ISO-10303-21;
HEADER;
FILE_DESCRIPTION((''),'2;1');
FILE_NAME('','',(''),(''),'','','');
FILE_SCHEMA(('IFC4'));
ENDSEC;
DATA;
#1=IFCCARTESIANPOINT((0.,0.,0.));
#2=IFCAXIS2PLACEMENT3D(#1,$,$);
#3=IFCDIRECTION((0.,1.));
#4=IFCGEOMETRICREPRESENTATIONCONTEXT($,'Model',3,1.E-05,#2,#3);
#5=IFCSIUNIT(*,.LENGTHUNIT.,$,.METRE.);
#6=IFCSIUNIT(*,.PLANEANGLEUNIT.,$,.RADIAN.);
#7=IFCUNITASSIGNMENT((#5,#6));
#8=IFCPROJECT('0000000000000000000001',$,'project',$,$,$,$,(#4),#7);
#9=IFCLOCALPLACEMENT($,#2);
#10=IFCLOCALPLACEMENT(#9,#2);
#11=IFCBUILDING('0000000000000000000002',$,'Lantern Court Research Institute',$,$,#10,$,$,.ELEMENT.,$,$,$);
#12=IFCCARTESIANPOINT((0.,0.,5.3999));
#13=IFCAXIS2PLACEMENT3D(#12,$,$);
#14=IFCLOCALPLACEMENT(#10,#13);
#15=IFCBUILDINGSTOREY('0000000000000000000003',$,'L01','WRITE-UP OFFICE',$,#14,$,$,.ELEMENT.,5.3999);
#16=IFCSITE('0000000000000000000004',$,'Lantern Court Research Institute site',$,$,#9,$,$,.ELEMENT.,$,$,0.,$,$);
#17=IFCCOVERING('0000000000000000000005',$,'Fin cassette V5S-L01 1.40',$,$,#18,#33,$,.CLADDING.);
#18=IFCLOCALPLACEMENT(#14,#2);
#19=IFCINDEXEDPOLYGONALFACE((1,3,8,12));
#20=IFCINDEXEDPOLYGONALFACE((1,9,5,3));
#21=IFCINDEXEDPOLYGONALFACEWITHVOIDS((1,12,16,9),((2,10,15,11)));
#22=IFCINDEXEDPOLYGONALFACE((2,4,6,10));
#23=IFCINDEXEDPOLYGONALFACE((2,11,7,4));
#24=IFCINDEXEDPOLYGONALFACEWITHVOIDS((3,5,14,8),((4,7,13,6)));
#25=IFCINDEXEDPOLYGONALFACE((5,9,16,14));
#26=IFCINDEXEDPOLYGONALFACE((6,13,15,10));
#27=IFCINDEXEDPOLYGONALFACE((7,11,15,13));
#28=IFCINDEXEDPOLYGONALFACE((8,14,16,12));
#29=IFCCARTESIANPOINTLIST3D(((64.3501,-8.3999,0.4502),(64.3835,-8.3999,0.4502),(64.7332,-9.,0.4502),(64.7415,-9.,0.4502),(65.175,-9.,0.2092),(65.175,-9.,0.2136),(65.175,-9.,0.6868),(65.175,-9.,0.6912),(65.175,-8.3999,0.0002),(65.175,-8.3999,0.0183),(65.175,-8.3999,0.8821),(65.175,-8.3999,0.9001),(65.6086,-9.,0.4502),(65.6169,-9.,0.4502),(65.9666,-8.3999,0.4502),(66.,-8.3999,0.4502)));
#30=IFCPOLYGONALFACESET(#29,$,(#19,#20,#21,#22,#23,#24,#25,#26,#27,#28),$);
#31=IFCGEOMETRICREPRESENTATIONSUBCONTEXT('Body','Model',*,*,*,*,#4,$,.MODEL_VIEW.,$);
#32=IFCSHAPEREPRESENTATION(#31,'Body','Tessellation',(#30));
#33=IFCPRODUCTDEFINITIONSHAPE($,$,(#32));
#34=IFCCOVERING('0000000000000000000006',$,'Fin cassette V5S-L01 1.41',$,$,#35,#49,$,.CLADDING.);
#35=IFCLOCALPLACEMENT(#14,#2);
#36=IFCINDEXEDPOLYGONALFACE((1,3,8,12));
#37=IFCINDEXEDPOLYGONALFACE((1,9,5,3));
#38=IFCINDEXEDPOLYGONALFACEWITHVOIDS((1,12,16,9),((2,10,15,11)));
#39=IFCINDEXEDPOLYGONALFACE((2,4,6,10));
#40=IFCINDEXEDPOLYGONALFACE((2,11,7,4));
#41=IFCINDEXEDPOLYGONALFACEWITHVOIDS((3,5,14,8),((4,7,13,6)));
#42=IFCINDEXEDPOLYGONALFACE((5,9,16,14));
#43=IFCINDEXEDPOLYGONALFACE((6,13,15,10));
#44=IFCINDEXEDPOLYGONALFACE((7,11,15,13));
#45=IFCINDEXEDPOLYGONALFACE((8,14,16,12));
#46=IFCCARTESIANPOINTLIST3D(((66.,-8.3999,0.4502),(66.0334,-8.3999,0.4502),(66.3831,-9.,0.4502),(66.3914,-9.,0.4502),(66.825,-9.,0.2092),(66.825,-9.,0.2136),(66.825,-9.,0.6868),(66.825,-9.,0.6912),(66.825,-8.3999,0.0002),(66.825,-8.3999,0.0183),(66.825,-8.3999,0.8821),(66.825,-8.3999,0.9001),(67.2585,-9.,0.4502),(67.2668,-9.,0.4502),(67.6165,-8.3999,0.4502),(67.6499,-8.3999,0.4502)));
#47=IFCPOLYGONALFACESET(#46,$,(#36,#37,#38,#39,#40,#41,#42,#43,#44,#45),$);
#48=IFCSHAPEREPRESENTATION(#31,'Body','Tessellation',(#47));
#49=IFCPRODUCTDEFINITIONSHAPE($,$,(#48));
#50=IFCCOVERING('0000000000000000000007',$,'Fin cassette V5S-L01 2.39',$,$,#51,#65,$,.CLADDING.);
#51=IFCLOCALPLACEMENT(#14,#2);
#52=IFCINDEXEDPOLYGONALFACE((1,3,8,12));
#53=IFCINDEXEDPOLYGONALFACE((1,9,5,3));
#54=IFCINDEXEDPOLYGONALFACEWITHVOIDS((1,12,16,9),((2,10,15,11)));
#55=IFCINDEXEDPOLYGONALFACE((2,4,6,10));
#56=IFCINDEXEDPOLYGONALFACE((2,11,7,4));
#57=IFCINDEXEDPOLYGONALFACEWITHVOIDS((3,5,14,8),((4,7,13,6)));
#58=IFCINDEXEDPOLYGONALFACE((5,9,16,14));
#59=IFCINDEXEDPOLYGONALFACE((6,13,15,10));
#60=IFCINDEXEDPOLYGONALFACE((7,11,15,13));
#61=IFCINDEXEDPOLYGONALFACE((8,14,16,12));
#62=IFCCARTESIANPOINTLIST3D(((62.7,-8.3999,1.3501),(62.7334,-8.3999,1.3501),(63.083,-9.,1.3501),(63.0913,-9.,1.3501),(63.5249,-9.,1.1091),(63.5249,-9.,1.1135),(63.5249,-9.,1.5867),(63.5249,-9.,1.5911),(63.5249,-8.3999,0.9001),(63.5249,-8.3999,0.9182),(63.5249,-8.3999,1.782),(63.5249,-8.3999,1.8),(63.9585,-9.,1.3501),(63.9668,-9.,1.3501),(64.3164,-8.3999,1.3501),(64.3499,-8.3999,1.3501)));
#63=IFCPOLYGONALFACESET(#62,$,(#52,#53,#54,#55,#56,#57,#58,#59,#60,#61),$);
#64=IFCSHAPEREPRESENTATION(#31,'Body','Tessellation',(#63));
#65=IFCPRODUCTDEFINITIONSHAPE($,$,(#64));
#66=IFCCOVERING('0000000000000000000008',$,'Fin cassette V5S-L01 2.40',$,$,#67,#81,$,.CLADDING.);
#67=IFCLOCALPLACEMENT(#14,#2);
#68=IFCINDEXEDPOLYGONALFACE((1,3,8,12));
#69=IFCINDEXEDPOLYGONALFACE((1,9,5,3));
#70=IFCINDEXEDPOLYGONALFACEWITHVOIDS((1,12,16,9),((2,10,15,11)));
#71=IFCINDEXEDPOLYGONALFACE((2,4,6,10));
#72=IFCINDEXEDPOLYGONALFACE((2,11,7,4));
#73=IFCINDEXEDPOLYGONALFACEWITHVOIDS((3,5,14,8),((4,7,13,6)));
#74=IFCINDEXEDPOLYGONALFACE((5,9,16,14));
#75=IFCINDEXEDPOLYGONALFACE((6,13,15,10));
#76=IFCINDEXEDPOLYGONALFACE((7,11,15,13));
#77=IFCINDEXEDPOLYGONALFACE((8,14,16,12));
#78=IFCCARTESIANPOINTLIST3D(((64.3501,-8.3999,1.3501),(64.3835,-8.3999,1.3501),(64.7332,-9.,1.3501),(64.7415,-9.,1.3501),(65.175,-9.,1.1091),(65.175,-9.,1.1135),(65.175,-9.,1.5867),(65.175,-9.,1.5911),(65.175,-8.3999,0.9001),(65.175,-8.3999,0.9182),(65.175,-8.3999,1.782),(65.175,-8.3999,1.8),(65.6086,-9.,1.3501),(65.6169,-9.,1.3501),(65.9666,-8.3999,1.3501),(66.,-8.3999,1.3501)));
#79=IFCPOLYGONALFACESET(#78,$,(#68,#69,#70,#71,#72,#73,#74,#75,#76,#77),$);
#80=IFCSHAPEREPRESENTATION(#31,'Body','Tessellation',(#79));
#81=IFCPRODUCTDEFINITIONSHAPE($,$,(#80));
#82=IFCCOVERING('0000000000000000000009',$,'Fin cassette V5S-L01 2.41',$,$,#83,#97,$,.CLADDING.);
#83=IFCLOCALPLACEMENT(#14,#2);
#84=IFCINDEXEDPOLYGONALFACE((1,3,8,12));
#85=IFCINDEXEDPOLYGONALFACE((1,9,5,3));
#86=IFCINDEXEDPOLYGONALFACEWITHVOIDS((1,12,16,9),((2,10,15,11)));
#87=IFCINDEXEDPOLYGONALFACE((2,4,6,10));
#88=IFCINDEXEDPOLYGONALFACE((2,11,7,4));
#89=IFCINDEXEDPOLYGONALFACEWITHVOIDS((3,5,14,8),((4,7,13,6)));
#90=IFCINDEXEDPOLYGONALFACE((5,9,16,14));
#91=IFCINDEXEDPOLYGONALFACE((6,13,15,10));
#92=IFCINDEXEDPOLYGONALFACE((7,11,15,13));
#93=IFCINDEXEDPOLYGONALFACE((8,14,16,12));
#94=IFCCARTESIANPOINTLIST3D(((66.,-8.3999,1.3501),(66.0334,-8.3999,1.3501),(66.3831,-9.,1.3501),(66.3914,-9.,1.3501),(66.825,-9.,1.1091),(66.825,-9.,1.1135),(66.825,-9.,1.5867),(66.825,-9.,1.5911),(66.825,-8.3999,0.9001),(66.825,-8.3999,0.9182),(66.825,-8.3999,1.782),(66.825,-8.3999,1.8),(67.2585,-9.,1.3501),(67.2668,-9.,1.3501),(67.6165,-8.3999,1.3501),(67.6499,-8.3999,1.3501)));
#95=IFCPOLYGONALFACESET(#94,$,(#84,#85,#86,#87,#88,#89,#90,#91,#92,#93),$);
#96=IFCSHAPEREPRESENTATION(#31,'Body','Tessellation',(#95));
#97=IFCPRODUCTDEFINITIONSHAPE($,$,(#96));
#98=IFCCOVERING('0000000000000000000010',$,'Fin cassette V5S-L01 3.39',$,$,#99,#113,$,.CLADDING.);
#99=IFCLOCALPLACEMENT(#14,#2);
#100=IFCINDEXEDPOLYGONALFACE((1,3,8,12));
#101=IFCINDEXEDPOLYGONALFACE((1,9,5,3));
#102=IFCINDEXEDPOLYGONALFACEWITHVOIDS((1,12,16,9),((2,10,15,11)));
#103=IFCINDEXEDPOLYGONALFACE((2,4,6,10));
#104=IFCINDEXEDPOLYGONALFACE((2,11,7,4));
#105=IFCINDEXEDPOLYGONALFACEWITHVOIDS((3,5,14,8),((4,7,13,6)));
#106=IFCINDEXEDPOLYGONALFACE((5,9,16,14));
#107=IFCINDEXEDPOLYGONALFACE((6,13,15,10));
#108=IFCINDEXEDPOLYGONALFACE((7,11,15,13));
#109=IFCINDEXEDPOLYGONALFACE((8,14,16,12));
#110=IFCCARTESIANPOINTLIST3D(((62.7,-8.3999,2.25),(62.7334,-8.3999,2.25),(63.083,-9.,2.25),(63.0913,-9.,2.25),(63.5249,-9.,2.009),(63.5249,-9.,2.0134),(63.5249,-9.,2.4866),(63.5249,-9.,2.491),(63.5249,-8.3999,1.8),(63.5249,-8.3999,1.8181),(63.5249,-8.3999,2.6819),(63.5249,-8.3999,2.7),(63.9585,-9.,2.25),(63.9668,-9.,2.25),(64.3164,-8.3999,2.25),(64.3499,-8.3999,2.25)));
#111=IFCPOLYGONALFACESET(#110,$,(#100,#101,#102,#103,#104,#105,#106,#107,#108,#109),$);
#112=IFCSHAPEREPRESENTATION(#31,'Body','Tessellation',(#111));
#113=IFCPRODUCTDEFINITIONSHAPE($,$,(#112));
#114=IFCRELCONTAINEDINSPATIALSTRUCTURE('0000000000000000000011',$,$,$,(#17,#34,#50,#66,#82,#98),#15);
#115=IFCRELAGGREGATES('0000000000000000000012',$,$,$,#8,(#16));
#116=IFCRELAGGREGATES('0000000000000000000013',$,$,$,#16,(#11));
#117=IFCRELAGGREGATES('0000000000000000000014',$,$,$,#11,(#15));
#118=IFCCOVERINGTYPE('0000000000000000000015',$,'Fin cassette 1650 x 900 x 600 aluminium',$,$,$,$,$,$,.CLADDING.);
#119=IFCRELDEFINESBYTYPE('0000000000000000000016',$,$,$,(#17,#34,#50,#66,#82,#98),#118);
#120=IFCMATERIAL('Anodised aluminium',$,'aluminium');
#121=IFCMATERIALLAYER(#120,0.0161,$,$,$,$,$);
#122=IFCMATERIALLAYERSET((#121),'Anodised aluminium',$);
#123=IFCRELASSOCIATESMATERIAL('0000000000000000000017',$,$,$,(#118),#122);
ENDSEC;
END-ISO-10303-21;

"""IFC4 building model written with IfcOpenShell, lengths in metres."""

from ifc_helpers import new_model, entity, si_unit, direction, frame, origin, place, context, subcontext, project, spatial, material, layer, layer_set, type_object, element, save


model = new_model("IFC4")

# Units and contexts
model_context = context("Model", 3, precision=1e-05, world=origin(), true_north=direction((0.0, 1.0)))
body_context = subcontext(model_context, "Body", "Model", "MODEL_VIEW")
ifc_project = project(units=[si_unit("LENGTHUNIT", "METRE"), si_unit("PLANEANGLEUNIT", "RADIAN")], contexts=[model_context])

# Site, building, storey
site_placement = place(None, origin())
site = spatial("IfcSite", under=ifc_project, at=site_placement, Name="Lantern Court Research Institute site", CompositionType="ELEMENT", RefElevation=0.0)
building_placement = place(site_placement, origin())
building = spatial("IfcBuilding", under=site, at=building_placement, Name="Lantern Court Research Institute", CompositionType="ELEMENT")
storey_placement = place(building_placement, frame((0.0, 0.0, 5.3999)))
storey = spatial("IfcBuildingStorey", under=building, at=storey_placement, Name="L01", Description="WRITE-UP OFFICE", CompositionType="ELEMENT", Elevation=5.3999)

# Coverings
ifc_material_1 = material(Name="Anodised aluminium", Category="aluminium")
ifc_layer_1 = layer(ifc_material_1, 0.0161)
ifc_layer_set_1 = layer_set([ifc_layer_1], Name="Anodised aluminium")
covering_type = type_object("IfcCoveringType", Name="Fin cassette 1650 x 900 x 600 aluminium", PredefinedType="CLADDING", material=ifc_layer_set_1)
covering_1_placement = place(storey_placement, frame((65.175, -8.3999, 0.4502), z_axis=(0.0, -1.0, 0.0), x_axis=(1.0, 0.0, 0.0)))
cartesian_point_1 = entity("IfcCartesianPoint", [0.825, 0.0])
cartesian_point_2 = entity("IfcCartesianPoint", [0.7915, 0.0])
cartesian_point_3 = entity("IfcCartesianPoint", [0.4419, 0.0])
cartesian_point_4 = entity("IfcCartesianPoint", [0.4336, 0.0])
element("IfcCovering", 1, at=covering_1_placement, inside=storey, type_object=covering_type, Name="Fin cassette V5S-L01 1.40", PredefinedType="CLADDING", context=body_context, shape_type="SweptSolid", body=[
    entity("IfcExtrudedAreaSolidTapered", entity("IfcArbitraryProfileDefWithVoids", "AREA", None, entity("IfcPolyline", [cartesian_point_1, entity("IfcCartesianPoint", [0.0, 0.45]), entity("IfcCartesianPoint", [-0.825, 0.0]), entity("IfcCartesianPoint", [0.0, -0.45]), cartesian_point_1]), [entity("IfcPolyline", [cartesian_point_2, entity("IfcCartesianPoint", [0.0, 0.4319]), entity("IfcCartesianPoint", [-0.7915, 0.0]), entity("IfcCartesianPoint", [0.0, -0.4319]), cartesian_point_2])]), entity("IfcAxis2Placement3D", entity("IfcCartesianPoint", [0.0, 0.0, 0.0])), entity("IfcDirection", [0.0, 0.0, 1.0]), 0.6001, entity("IfcArbitraryProfileDefWithVoids", "AREA", None, entity("IfcPolyline", [cartesian_point_3, entity("IfcCartesianPoint", [0.0, 0.241]), entity("IfcCartesianPoint", [-0.4419, 0.0]), entity("IfcCartesianPoint", [0.0, -0.241]), cartesian_point_3]), [entity("IfcPolyline", [cartesian_point_4, entity("IfcCartesianPoint", [0.0, 0.2366]), entity("IfcCartesianPoint", [-0.4336, 0.0]), entity("IfcCartesianPoint", [0.0, -0.2366]), cartesian_point_4])])),
])
covering_2_placement = place(storey_placement, frame((66.825, -8.3999, 0.4502), z_axis=(0.0, -1.0, 0.0), x_axis=(1.0, 0.0, 0.0)))
cartesian_point_5 = entity("IfcCartesianPoint", [0.825, 0.0])
cartesian_point_6 = entity("IfcCartesianPoint", [0.7915, 0.0])
cartesian_point_7 = entity("IfcCartesianPoint", [0.4419, 0.0])
cartesian_point_8 = entity("IfcCartesianPoint", [0.4336, 0.0])
element("IfcCovering", 2, at=covering_2_placement, inside=storey, type_object=covering_type, Name="Fin cassette V5S-L01 1.41", PredefinedType="CLADDING", context=body_context, shape_type="SweptSolid", body=[
    entity("IfcExtrudedAreaSolidTapered", entity("IfcArbitraryProfileDefWithVoids", "AREA", None, entity("IfcPolyline", [cartesian_point_5, entity("IfcCartesianPoint", [0.0, 0.45]), entity("IfcCartesianPoint", [-0.825, 0.0]), entity("IfcCartesianPoint", [0.0, -0.45]), cartesian_point_5]), [entity("IfcPolyline", [cartesian_point_6, entity("IfcCartesianPoint", [0.0, 0.4319]), entity("IfcCartesianPoint", [-0.7915, 0.0]), entity("IfcCartesianPoint", [0.0, -0.4319]), cartesian_point_6])]), entity("IfcAxis2Placement3D", entity("IfcCartesianPoint", [0.0, 0.0, 0.0])), entity("IfcDirection", [0.0, 0.0, 1.0]), 0.6001, entity("IfcArbitraryProfileDefWithVoids", "AREA", None, entity("IfcPolyline", [cartesian_point_7, entity("IfcCartesianPoint", [0.0, 0.241]), entity("IfcCartesianPoint", [-0.4419, 0.0]), entity("IfcCartesianPoint", [0.0, -0.241]), cartesian_point_7]), [entity("IfcPolyline", [cartesian_point_8, entity("IfcCartesianPoint", [0.0, 0.2366]), entity("IfcCartesianPoint", [-0.4336, 0.0]), entity("IfcCartesianPoint", [0.0, -0.2366]), cartesian_point_8])])),
])
covering_3_placement = place(storey_placement, frame((63.5249, -8.3999, 1.3501), z_axis=(0.0, -1.0, 0.0), x_axis=(1.0, 0.0, 0.0)))
cartesian_point_9 = entity("IfcCartesianPoint", [0.825, 0.0])
cartesian_point_10 = entity("IfcCartesianPoint", [0.7915, 0.0])
cartesian_point_11 = entity("IfcCartesianPoint", [0.4419, 0.0])
cartesian_point_12 = entity("IfcCartesianPoint", [0.4336, 0.0])
element("IfcCovering", 3, at=covering_3_placement, inside=storey, type_object=covering_type, Name="Fin cassette V5S-L01 2.39", PredefinedType="CLADDING", context=body_context, shape_type="SweptSolid", body=[
    entity("IfcExtrudedAreaSolidTapered", entity("IfcArbitraryProfileDefWithVoids", "AREA", None, entity("IfcPolyline", [cartesian_point_9, entity("IfcCartesianPoint", [0.0, 0.45]), entity("IfcCartesianPoint", [-0.825, 0.0]), entity("IfcCartesianPoint", [0.0, -0.45]), cartesian_point_9]), [entity("IfcPolyline", [cartesian_point_10, entity("IfcCartesianPoint", [0.0, 0.4319]), entity("IfcCartesianPoint", [-0.7915, 0.0]), entity("IfcCartesianPoint", [0.0, -0.4319]), cartesian_point_10])]), entity("IfcAxis2Placement3D", entity("IfcCartesianPoint", [0.0, 0.0, 0.0])), entity("IfcDirection", [0.0, 0.0, 1.0]), 0.6001, entity("IfcArbitraryProfileDefWithVoids", "AREA", None, entity("IfcPolyline", [cartesian_point_11, entity("IfcCartesianPoint", [0.0, 0.241]), entity("IfcCartesianPoint", [-0.4419, 0.0]), entity("IfcCartesianPoint", [0.0, -0.241]), cartesian_point_11]), [entity("IfcPolyline", [cartesian_point_12, entity("IfcCartesianPoint", [0.0, 0.2366]), entity("IfcCartesianPoint", [-0.4336, 0.0]), entity("IfcCartesianPoint", [0.0, -0.2366]), cartesian_point_12])])),
])
covering_4_placement = place(storey_placement, frame((65.175, -8.3999, 1.3501), z_axis=(0.0, -1.0, 0.0), x_axis=(1.0, 0.0, 0.0)))
cartesian_point_13 = entity("IfcCartesianPoint", [0.825, 0.0])
cartesian_point_14 = entity("IfcCartesianPoint", [0.7915, 0.0])
cartesian_point_15 = entity("IfcCartesianPoint", [0.4419, 0.0])
cartesian_point_16 = entity("IfcCartesianPoint", [0.4336, 0.0])
element("IfcCovering", 4, at=covering_4_placement, inside=storey, type_object=covering_type, Name="Fin cassette V5S-L01 2.40", PredefinedType="CLADDING", context=body_context, shape_type="SweptSolid", body=[
    entity("IfcExtrudedAreaSolidTapered", entity("IfcArbitraryProfileDefWithVoids", "AREA", None, entity("IfcPolyline", [cartesian_point_13, entity("IfcCartesianPoint", [0.0, 0.45]), entity("IfcCartesianPoint", [-0.825, 0.0]), entity("IfcCartesianPoint", [0.0, -0.45]), cartesian_point_13]), [entity("IfcPolyline", [cartesian_point_14, entity("IfcCartesianPoint", [0.0, 0.4319]), entity("IfcCartesianPoint", [-0.7915, 0.0]), entity("IfcCartesianPoint", [0.0, -0.4319]), cartesian_point_14])]), entity("IfcAxis2Placement3D", entity("IfcCartesianPoint", [0.0, 0.0, 0.0])), entity("IfcDirection", [0.0, 0.0, 1.0]), 0.6001, entity("IfcArbitraryProfileDefWithVoids", "AREA", None, entity("IfcPolyline", [cartesian_point_15, entity("IfcCartesianPoint", [0.0, 0.241]), entity("IfcCartesianPoint", [-0.4419, 0.0]), entity("IfcCartesianPoint", [0.0, -0.241]), cartesian_point_15]), [entity("IfcPolyline", [cartesian_point_16, entity("IfcCartesianPoint", [0.0, 0.2366]), entity("IfcCartesianPoint", [-0.4336, 0.0]), entity("IfcCartesianPoint", [0.0, -0.2366]), cartesian_point_16])])),
])
covering_5_placement = place(storey_placement, frame((66.825, -8.3999, 1.3501), z_axis=(0.0, -1.0, 0.0), x_axis=(1.0, 0.0, 0.0)))
cartesian_point_17 = entity("IfcCartesianPoint", [0.825, 0.0])
cartesian_point_18 = entity("IfcCartesianPoint", [0.7915, 0.0])
cartesian_point_19 = entity("IfcCartesianPoint", [0.4419, 0.0])
cartesian_point_20 = entity("IfcCartesianPoint", [0.4336, 0.0])
element("IfcCovering", 5, at=covering_5_placement, inside=storey, type_object=covering_type, Name="Fin cassette V5S-L01 2.41", PredefinedType="CLADDING", context=body_context, shape_type="SweptSolid", body=[
    entity("IfcExtrudedAreaSolidTapered", entity("IfcArbitraryProfileDefWithVoids", "AREA", None, entity("IfcPolyline", [cartesian_point_17, entity("IfcCartesianPoint", [0.0, 0.45]), entity("IfcCartesianPoint", [-0.825, 0.0]), entity("IfcCartesianPoint", [0.0, -0.45]), cartesian_point_17]), [entity("IfcPolyline", [cartesian_point_18, entity("IfcCartesianPoint", [0.0, 0.4319]), entity("IfcCartesianPoint", [-0.7915, 0.0]), entity("IfcCartesianPoint", [0.0, -0.4319]), cartesian_point_18])]), entity("IfcAxis2Placement3D", entity("IfcCartesianPoint", [0.0, 0.0, 0.0])), entity("IfcDirection", [0.0, 0.0, 1.0]), 0.6001, entity("IfcArbitraryProfileDefWithVoids", "AREA", None, entity("IfcPolyline", [cartesian_point_19, entity("IfcCartesianPoint", [0.0, 0.241]), entity("IfcCartesianPoint", [-0.4419, 0.0]), entity("IfcCartesianPoint", [0.0, -0.241]), cartesian_point_19]), [entity("IfcPolyline", [cartesian_point_20, entity("IfcCartesianPoint", [0.0, 0.2366]), entity("IfcCartesianPoint", [-0.4336, 0.0]), entity("IfcCartesianPoint", [0.0, -0.2366]), cartesian_point_20])])),
])
covering_6_placement = place(storey_placement, frame((63.5249, -8.3999, 2.25), z_axis=(0.0, -1.0, 0.0), x_axis=(1.0, 0.0, 0.0)))
cartesian_point_21 = entity("IfcCartesianPoint", [0.825, 0.0])
cartesian_point_22 = entity("IfcCartesianPoint", [0.7915, 0.0])
cartesian_point_23 = entity("IfcCartesianPoint", [0.4419, 0.0])
cartesian_point_24 = entity("IfcCartesianPoint", [0.4336, 0.0])
element("IfcCovering", 6, at=covering_6_placement, inside=storey, type_object=covering_type, Name="Fin cassette V5S-L01 3.39", PredefinedType="CLADDING", context=body_context, shape_type="SweptSolid", body=[
    entity("IfcExtrudedAreaSolidTapered", entity("IfcArbitraryProfileDefWithVoids", "AREA", None, entity("IfcPolyline", [cartesian_point_21, entity("IfcCartesianPoint", [0.0, 0.45]), entity("IfcCartesianPoint", [-0.825, 0.0]), entity("IfcCartesianPoint", [0.0, -0.45]), cartesian_point_21]), [entity("IfcPolyline", [cartesian_point_22, entity("IfcCartesianPoint", [0.0, 0.4319]), entity("IfcCartesianPoint", [-0.7915, 0.0]), entity("IfcCartesianPoint", [0.0, -0.4319]), cartesian_point_22])]), entity("IfcAxis2Placement3D", entity("IfcCartesianPoint", [0.0, 0.0, 0.0])), entity("IfcDirection", [0.0, 0.0, 1.0]), 0.6001, entity("IfcArbitraryProfileDefWithVoids", "AREA", None, entity("IfcPolyline", [cartesian_point_23, entity("IfcCartesianPoint", [0.0, 0.241]), entity("IfcCartesianPoint", [-0.4419, 0.0]), entity("IfcCartesianPoint", [0.0, -0.241]), cartesian_point_23]), [entity("IfcPolyline", [cartesian_point_24, entity("IfcCartesianPoint", [0.0, 0.2366]), entity("IfcCartesianPoint", [-0.4336, 0.0]), entity("IfcCartesianPoint", [0.0, -0.2366]), cartesian_point_24])])),
])

save(model, "model.ifc")
